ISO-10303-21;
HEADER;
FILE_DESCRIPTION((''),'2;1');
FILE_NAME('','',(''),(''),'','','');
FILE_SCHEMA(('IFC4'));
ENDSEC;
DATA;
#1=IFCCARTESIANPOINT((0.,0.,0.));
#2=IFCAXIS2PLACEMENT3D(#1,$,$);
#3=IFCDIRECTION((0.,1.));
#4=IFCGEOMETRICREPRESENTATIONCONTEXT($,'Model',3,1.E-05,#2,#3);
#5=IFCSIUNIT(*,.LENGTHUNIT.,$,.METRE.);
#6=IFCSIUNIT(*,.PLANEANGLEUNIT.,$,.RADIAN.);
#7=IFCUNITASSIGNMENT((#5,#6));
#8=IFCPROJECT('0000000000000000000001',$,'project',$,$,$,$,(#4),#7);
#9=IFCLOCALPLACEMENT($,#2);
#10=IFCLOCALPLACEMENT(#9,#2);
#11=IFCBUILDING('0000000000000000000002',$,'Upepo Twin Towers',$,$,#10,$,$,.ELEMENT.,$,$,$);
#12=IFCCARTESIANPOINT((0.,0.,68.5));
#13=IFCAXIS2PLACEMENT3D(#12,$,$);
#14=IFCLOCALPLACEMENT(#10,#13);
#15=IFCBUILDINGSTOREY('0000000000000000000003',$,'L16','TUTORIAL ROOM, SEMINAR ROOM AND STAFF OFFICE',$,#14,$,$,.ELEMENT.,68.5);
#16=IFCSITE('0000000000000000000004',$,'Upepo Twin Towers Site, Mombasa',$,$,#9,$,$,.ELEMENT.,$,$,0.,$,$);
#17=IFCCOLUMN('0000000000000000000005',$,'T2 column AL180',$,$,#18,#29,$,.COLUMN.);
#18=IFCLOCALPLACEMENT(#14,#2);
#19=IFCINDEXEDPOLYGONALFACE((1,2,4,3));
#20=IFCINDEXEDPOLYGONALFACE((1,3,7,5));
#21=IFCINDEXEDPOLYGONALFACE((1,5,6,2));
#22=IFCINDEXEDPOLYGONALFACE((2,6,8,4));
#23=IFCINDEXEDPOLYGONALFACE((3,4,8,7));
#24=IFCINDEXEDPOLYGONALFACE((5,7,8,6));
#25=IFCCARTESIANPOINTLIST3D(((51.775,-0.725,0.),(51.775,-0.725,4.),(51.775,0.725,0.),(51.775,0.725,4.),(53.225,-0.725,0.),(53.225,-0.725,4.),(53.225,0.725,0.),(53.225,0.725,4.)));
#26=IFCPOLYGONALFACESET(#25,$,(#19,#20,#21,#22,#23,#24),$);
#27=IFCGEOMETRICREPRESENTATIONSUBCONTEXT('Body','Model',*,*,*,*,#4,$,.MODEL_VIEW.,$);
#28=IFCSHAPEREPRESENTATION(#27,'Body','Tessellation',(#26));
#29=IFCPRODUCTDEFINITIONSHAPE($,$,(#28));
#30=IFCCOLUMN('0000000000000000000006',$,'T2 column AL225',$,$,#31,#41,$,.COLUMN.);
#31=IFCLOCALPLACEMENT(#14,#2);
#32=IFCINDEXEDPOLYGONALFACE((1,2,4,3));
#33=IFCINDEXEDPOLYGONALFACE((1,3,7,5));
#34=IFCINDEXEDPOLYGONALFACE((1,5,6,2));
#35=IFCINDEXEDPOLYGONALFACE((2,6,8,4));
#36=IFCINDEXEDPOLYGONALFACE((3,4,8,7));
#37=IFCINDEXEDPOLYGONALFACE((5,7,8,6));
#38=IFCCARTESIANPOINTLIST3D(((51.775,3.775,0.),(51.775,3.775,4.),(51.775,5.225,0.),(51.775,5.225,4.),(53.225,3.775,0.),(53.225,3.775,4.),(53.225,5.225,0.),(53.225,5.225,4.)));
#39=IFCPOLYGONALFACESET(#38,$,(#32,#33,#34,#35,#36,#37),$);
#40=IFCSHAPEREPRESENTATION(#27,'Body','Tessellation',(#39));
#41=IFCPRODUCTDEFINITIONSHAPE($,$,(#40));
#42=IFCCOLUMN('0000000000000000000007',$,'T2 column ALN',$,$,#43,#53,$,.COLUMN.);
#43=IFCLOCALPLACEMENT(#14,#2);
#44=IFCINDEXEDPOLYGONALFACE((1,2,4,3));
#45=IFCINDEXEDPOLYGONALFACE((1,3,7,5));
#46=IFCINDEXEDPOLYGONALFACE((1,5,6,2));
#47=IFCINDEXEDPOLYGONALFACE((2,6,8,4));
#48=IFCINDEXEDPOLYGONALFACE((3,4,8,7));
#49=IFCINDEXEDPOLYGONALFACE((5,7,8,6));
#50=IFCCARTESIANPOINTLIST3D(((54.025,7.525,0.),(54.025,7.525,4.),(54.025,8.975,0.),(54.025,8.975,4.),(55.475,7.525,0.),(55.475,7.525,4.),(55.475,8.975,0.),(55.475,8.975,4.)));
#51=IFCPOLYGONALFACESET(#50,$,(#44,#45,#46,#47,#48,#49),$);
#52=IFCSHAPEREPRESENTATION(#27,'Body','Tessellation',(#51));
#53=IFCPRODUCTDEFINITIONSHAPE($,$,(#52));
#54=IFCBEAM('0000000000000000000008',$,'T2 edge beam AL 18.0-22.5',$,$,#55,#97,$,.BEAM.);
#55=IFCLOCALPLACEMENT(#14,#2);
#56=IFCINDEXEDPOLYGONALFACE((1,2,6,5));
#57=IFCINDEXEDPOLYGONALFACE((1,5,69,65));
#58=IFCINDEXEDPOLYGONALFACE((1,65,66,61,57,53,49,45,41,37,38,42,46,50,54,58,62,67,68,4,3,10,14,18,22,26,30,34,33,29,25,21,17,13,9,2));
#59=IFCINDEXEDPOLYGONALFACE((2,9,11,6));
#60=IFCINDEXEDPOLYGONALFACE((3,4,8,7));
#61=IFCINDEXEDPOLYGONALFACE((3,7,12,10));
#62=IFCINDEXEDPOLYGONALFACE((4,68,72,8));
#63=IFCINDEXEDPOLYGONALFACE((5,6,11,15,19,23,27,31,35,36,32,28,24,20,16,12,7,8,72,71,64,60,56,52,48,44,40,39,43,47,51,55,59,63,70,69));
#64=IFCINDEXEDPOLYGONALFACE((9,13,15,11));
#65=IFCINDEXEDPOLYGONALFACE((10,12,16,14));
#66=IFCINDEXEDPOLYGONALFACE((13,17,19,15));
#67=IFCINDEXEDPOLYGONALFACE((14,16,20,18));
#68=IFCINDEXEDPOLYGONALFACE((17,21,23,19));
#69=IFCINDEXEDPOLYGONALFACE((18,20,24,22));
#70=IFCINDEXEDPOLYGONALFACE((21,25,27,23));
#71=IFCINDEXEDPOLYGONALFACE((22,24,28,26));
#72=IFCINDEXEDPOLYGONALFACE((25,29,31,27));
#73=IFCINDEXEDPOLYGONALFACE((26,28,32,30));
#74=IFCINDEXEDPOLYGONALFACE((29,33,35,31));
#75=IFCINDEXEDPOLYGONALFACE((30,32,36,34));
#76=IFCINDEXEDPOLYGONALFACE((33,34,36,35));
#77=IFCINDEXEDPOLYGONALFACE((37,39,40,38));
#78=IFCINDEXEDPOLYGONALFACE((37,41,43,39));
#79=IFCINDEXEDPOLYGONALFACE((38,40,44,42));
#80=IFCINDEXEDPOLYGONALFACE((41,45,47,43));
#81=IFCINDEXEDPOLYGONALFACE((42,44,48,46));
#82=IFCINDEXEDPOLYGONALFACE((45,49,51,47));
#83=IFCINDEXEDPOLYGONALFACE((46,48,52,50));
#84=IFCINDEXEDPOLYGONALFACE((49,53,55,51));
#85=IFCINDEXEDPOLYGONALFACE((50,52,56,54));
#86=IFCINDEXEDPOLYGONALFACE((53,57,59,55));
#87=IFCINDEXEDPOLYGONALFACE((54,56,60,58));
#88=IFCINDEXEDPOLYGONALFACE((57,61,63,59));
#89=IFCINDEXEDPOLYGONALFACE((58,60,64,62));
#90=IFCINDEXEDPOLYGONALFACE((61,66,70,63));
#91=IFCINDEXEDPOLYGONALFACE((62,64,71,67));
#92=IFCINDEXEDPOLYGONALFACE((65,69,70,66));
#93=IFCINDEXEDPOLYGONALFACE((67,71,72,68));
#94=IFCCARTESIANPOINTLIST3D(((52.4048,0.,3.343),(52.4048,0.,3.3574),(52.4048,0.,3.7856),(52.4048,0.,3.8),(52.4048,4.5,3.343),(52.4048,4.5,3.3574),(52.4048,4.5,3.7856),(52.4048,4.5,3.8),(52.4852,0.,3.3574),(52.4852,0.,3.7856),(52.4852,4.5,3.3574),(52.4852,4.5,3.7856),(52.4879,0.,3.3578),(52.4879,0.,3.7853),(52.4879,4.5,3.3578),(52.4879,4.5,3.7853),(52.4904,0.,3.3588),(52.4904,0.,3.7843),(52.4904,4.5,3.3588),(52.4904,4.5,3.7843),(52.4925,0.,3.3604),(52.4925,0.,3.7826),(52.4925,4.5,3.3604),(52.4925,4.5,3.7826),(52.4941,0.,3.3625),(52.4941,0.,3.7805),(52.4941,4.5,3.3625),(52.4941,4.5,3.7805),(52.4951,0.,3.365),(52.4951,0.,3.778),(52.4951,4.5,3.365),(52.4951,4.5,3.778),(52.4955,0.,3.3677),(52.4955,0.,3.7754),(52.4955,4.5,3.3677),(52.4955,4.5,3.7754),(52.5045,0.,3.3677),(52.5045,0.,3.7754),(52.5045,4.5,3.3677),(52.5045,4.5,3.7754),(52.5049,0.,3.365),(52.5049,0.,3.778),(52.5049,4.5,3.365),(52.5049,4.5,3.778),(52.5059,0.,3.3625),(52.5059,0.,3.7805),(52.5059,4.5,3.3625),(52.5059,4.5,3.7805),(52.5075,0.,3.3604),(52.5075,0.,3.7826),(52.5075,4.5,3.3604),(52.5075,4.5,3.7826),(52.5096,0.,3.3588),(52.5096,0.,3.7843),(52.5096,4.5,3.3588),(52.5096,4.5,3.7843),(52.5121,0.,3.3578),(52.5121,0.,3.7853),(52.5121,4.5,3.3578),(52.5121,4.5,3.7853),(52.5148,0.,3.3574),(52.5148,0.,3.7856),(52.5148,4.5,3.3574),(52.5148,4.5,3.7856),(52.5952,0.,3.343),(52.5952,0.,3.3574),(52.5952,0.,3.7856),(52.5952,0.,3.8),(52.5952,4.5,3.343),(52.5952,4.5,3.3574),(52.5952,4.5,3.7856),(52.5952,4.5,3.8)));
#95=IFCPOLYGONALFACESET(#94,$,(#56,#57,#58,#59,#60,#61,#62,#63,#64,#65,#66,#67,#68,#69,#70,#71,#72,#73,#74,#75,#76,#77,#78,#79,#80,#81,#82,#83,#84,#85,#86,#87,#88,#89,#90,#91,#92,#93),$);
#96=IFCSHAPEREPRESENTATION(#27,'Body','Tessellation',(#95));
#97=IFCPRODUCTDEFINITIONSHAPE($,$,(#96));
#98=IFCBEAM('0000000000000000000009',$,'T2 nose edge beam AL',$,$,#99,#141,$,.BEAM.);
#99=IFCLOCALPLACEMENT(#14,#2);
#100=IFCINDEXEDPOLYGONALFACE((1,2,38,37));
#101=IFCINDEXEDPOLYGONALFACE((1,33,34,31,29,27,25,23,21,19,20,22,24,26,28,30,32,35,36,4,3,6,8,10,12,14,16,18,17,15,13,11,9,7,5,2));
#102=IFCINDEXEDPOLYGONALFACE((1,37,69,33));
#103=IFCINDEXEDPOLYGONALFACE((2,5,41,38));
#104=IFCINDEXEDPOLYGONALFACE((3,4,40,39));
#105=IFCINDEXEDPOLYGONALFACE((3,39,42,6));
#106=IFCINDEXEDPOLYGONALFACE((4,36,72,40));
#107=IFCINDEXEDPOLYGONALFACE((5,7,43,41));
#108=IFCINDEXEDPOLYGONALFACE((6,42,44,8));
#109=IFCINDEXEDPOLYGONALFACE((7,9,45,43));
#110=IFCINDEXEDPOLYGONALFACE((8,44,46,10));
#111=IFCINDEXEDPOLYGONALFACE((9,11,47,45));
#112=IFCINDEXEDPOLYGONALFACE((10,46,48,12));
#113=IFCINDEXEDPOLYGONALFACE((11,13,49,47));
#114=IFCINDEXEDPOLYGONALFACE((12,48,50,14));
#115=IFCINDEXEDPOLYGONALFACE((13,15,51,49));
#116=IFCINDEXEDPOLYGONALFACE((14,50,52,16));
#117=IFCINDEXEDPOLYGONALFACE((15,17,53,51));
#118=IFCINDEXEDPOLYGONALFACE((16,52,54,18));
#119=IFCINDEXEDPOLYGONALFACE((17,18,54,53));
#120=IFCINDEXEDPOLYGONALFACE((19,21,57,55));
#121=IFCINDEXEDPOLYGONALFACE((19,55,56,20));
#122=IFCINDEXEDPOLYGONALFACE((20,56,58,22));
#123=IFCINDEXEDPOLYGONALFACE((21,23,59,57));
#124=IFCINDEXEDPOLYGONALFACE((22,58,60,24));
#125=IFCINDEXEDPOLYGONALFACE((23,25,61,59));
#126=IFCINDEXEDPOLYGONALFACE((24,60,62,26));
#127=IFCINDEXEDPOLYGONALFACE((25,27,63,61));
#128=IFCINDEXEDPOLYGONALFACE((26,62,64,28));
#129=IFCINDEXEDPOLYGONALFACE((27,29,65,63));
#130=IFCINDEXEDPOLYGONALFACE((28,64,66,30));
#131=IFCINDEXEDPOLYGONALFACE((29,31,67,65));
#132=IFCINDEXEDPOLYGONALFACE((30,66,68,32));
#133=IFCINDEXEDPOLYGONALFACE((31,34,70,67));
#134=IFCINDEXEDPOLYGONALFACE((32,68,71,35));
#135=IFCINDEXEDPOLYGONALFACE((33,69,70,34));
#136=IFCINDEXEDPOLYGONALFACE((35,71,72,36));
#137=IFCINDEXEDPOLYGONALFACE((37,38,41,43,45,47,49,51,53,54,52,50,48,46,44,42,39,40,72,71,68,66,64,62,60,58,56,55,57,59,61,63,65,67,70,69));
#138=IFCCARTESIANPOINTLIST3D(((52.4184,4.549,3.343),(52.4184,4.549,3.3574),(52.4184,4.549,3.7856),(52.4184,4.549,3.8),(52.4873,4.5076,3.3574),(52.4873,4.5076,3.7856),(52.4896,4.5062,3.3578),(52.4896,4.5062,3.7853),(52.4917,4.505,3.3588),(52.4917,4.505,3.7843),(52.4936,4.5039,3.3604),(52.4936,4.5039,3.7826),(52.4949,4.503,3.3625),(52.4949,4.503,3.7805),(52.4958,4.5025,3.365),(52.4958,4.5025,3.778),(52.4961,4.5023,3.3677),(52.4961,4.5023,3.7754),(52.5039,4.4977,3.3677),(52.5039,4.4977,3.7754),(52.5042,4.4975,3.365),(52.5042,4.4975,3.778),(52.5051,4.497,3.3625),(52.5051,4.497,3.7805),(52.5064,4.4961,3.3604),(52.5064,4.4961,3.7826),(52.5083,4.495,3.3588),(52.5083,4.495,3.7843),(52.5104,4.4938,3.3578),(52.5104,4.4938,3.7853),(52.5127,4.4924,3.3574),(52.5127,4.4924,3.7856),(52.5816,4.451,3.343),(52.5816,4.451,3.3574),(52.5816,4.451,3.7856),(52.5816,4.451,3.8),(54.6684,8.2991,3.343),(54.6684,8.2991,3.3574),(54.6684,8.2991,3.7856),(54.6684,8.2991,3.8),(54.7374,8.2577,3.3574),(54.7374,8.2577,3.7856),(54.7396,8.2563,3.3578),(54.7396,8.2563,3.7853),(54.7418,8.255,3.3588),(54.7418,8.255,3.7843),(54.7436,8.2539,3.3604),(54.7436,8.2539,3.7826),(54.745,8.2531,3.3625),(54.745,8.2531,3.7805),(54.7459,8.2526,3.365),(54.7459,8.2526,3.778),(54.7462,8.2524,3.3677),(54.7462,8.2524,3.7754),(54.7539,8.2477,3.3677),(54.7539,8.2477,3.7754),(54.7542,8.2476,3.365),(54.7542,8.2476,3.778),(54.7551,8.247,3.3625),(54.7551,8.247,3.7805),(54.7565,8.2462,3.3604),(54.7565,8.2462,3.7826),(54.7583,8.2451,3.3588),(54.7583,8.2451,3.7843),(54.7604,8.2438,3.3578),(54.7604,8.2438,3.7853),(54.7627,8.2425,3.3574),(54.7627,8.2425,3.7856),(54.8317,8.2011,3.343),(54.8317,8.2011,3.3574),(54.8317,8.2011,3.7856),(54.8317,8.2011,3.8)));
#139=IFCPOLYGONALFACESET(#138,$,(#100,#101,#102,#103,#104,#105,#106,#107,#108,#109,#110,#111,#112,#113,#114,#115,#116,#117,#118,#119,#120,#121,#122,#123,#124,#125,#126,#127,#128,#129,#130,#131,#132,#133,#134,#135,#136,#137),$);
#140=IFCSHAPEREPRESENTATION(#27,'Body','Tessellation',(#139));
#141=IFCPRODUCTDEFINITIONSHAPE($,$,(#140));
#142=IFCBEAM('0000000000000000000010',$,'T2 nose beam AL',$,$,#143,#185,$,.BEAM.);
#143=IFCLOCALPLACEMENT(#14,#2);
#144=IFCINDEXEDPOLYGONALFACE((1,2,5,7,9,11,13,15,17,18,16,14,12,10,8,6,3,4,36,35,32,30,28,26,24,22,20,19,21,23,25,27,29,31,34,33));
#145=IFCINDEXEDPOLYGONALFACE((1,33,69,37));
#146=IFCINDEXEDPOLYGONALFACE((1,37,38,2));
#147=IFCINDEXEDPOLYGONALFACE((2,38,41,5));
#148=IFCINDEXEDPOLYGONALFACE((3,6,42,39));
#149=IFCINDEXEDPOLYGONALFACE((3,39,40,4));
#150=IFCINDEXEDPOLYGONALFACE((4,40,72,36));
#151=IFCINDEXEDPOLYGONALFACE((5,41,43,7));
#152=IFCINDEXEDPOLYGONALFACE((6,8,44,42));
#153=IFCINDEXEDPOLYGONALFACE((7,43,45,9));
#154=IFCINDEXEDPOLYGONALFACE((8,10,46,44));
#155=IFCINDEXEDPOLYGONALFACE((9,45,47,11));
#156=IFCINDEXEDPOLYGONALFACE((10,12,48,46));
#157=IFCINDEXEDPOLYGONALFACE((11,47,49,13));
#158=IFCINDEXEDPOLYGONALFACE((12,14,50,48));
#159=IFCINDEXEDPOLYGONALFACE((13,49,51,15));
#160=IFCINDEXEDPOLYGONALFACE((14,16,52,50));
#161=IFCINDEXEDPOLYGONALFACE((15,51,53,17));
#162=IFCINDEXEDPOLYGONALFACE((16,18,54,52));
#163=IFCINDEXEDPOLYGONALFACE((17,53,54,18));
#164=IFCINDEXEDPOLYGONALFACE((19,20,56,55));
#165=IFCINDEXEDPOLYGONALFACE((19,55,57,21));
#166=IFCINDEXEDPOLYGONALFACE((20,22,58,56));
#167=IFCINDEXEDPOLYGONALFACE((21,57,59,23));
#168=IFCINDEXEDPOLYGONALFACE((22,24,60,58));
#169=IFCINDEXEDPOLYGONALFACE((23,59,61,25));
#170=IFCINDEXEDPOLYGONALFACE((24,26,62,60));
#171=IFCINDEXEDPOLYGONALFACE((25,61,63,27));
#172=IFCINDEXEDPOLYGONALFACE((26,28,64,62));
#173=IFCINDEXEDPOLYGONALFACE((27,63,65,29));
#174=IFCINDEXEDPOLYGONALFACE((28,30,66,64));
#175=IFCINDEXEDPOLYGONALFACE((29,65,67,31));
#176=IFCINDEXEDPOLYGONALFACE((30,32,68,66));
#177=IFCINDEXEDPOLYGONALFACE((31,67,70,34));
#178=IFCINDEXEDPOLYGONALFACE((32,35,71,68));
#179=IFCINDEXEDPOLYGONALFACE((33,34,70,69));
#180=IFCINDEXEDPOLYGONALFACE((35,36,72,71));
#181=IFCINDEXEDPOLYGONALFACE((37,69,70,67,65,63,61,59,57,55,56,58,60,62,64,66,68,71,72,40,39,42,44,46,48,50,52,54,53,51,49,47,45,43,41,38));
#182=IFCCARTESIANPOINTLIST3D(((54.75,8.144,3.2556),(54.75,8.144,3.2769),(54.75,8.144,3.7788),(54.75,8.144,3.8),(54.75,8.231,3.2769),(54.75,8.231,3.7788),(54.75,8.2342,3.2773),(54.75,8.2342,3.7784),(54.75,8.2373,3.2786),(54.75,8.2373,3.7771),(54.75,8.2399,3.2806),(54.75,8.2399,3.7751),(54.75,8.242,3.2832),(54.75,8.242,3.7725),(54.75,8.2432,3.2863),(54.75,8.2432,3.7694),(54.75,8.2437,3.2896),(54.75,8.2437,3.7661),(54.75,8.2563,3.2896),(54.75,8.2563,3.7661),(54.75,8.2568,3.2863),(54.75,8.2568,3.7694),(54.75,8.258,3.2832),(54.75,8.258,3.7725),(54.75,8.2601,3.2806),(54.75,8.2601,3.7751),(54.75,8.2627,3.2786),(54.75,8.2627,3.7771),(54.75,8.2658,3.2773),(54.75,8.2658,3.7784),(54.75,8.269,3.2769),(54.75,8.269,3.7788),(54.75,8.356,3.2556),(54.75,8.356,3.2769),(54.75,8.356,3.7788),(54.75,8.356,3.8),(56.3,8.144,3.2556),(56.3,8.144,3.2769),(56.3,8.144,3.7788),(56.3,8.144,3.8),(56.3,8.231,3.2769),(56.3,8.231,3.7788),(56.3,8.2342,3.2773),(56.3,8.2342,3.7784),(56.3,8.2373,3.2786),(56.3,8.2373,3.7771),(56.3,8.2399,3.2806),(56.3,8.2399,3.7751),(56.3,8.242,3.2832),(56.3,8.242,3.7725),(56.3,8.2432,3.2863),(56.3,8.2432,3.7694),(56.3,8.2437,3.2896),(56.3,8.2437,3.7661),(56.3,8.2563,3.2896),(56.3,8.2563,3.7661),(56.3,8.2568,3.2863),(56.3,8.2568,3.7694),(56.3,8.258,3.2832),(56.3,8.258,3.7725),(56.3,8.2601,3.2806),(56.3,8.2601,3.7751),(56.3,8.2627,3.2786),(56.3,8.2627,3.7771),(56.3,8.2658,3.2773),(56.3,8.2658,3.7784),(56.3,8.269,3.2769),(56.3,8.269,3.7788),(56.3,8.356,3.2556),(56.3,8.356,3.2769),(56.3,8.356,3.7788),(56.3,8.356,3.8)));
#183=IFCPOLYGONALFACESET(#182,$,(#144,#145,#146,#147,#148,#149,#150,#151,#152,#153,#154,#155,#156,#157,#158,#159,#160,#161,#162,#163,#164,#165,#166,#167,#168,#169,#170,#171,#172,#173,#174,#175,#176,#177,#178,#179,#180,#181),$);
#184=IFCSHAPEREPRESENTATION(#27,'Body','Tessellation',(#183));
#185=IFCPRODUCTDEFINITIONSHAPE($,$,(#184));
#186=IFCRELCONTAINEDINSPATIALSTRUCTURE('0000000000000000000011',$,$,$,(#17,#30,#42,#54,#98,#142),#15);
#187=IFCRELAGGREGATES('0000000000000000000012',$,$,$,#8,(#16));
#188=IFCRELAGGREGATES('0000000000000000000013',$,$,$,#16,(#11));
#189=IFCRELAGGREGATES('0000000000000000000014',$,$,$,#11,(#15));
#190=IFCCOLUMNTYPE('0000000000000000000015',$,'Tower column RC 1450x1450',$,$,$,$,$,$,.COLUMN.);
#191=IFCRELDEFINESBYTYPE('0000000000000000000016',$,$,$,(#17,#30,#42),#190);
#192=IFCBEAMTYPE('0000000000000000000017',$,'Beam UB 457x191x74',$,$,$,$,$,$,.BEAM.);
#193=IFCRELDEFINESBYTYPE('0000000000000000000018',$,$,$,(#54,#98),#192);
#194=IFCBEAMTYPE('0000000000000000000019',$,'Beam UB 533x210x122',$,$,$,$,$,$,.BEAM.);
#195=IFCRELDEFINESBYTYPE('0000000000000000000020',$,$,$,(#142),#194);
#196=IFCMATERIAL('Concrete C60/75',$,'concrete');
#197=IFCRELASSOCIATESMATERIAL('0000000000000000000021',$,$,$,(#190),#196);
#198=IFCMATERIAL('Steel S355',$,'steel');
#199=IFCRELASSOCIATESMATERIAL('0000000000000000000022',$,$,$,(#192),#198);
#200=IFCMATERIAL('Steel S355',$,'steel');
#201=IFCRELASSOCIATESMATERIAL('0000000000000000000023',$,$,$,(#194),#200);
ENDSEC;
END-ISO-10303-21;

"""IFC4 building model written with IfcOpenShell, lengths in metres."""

from ifc_helpers import new_model, si_unit, direction, frame, origin, origin_2d, place, context, subcontext, project, spatial, rectangle, i_section, extrude, material, material_profile, profile_set, type_object, element, save


model = new_model("IFC4")

# Units and contexts
model_context = context("Model", 3, precision=1e-05, world=origin(), true_north=direction((0.0, 1.0)))
body_context = subcontext(model_context, "Body", "Model", "MODEL_VIEW")
ifc_project = project(units=[si_unit("LENGTHUNIT", "METRE"), si_unit("PLANEANGLEUNIT", "RADIAN")], contexts=[model_context])

# Site, building, storey
site_placement = place(None, origin())
site = spatial("IfcSite", under=ifc_project, at=site_placement, Name="Upepo Twin Towers Site, Mombasa", CompositionType="ELEMENT", RefElevation=0.0)
building_placement = place(site_placement, origin())
building = spatial("IfcBuilding", under=site, at=building_placement, Name="Upepo Twin Towers", CompositionType="ELEMENT")
storey_placement = place(building_placement, frame((0.0, 0.0, 68.5)))
storey = spatial("IfcBuildingStorey", under=building, at=storey_placement, Name="L16", Description="TUTORIAL ROOM, SEMINAR ROOM AND STAFF OFFICE", CompositionType="ELEMENT", Elevation=68.5)

# Columns
ifc_material_1 = material(Name="Concrete C60/75", Category="concrete")
ifc_material_profile_1 = material_profile(ifc_material_1, rectangle(XDim=1.45, YDim=1.45, at=origin_2d()), Name="RC 1450x1450")
ifc_profile_set_1 = profile_set([ifc_material_profile_1], Name="Concrete C60/75")
column_type = type_object("IfcColumnType", Name="Tower column RC 1450x1450", PredefinedType="COLUMN", material=ifc_profile_set_1)
for number, where, z_axis, x_axis, name in (
    (1, (52.5, 0.0, 0.0), (0.0, 0.0, 1.0), (1.0, 0.0, 0.0), "T2 column AL180"),
    (2, (52.5, 4.5, 0.0), (0.0, 0.0, 1.0), (1.0, 0.0, 0.0), "T2 column AL225"),
    (3, (54.75, 8.25, 0.0), (0.0, 0.0, 1.0), (1.0, 0.0, 0.0), "T2 column ALN"),
):
    element("IfcColumn", number, at=place(storey_placement, frame(where, z_axis=z_axis, x_axis=x_axis)), inside=storey, type_object=column_type, Name=name, PredefinedType="COLUMN", context=body_context, shape_type="SweptSolid", body=[
        extrude(rectangle(XDim=1.45, YDim=1.45, at=origin_2d()), origin(), (0.0, 0.0, 1.0), 4.0),
    ])

# Beams
ifc_material_2 = material(Name="Steel S355", Category="steel")
ifc_material_profile_2 = material_profile(ifc_material_2, i_section(OverallWidth=0.1904, OverallDepth=0.457, WebThickness=0.009, FlangeThickness=0.0144, FilletRadius=0.0103, at=origin_2d()), Name="UB 457x191x74")
ifc_profile_set_2 = profile_set([ifc_material_profile_2], Name="Steel S355")
beam_type_1 = type_object("IfcBeamType", Name="Beam UB 457x191x74", PredefinedType="BEAM", material=ifc_profile_set_2)
beam_1_placement = place(storey_placement, frame((52.5, 0.0, 3.5715), z_axis=(0.0, 1.0, 0.0), x_axis=(-1.0, 0.0, 0.0)))
element("IfcBeam", 4, at=beam_1_placement, inside=storey, type_object=beam_type_1, Name="T2 edge beam AL 18.0-22.5", PredefinedType="BEAM", context=body_context, shape_type="SweptSolid", body=[
    extrude(i_section(OverallWidth=0.1904, OverallDepth=0.457, WebThickness=0.009, FlangeThickness=0.0144, FilletRadius=0.0103, at=origin_2d()), origin(), (0.0, 0.0, 1.0), 4.5),
])
beam_2_placement = place(storey_placement, frame((52.5, 4.5, 3.5715), z_axis=(0.514496, 0.857493, 0.0), x_axis=(-0.857493, 0.514496, 0.0)))
element("IfcBeam", 5, at=beam_2_placement, inside=storey, type_object=beam_type_1, Name="T2 nose edge beam AL", PredefinedType="BEAM", context=body_context, shape_type="SweptSolid", body=[
    extrude(i_section(OverallWidth=0.1904, OverallDepth=0.457, WebThickness=0.009, FlangeThickness=0.0144, FilletRadius=0.0103, at=origin_2d()), origin(), (0.0, 0.0, 1.0), 4.3733),
])
ifc_material_3 = material(Name="Steel S355", Category="steel")
ifc_material_profile_3 = material_profile(ifc_material_3, i_section(OverallWidth=0.2119, OverallDepth=0.5444, WebThickness=0.0127, FlangeThickness=0.0212, FilletRadius=0.0127, at=origin_2d()), Name="UB 533x210x122")
ifc_profile_set_3 = profile_set([ifc_material_profile_3], Name="Steel S355")
beam_type_2 = type_object("IfcBeamType", Name="Beam UB 533x210x122", PredefinedType="BEAM", material=ifc_profile_set_3)
beam_3_placement = place(storey_placement, frame((54.75, 8.25, 3.5278), z_axis=(1.0, 0.0, 0.0), x_axis=(0.0, 1.0, 0.0)))
element("IfcBeam", 6, at=beam_3_placement, inside=storey, type_object=beam_type_2, Name="T2 nose beam AL", PredefinedType="BEAM", context=body_context, shape_type="SweptSolid", body=[
    extrude(i_section(OverallWidth=0.2119, OverallDepth=0.5444, WebThickness=0.0127, FlangeThickness=0.0212, FilletRadius=0.0127, at=origin_2d()), origin(), (0.0, 0.0, 1.0), 1.55),
])

save(model, "model.ifc")
